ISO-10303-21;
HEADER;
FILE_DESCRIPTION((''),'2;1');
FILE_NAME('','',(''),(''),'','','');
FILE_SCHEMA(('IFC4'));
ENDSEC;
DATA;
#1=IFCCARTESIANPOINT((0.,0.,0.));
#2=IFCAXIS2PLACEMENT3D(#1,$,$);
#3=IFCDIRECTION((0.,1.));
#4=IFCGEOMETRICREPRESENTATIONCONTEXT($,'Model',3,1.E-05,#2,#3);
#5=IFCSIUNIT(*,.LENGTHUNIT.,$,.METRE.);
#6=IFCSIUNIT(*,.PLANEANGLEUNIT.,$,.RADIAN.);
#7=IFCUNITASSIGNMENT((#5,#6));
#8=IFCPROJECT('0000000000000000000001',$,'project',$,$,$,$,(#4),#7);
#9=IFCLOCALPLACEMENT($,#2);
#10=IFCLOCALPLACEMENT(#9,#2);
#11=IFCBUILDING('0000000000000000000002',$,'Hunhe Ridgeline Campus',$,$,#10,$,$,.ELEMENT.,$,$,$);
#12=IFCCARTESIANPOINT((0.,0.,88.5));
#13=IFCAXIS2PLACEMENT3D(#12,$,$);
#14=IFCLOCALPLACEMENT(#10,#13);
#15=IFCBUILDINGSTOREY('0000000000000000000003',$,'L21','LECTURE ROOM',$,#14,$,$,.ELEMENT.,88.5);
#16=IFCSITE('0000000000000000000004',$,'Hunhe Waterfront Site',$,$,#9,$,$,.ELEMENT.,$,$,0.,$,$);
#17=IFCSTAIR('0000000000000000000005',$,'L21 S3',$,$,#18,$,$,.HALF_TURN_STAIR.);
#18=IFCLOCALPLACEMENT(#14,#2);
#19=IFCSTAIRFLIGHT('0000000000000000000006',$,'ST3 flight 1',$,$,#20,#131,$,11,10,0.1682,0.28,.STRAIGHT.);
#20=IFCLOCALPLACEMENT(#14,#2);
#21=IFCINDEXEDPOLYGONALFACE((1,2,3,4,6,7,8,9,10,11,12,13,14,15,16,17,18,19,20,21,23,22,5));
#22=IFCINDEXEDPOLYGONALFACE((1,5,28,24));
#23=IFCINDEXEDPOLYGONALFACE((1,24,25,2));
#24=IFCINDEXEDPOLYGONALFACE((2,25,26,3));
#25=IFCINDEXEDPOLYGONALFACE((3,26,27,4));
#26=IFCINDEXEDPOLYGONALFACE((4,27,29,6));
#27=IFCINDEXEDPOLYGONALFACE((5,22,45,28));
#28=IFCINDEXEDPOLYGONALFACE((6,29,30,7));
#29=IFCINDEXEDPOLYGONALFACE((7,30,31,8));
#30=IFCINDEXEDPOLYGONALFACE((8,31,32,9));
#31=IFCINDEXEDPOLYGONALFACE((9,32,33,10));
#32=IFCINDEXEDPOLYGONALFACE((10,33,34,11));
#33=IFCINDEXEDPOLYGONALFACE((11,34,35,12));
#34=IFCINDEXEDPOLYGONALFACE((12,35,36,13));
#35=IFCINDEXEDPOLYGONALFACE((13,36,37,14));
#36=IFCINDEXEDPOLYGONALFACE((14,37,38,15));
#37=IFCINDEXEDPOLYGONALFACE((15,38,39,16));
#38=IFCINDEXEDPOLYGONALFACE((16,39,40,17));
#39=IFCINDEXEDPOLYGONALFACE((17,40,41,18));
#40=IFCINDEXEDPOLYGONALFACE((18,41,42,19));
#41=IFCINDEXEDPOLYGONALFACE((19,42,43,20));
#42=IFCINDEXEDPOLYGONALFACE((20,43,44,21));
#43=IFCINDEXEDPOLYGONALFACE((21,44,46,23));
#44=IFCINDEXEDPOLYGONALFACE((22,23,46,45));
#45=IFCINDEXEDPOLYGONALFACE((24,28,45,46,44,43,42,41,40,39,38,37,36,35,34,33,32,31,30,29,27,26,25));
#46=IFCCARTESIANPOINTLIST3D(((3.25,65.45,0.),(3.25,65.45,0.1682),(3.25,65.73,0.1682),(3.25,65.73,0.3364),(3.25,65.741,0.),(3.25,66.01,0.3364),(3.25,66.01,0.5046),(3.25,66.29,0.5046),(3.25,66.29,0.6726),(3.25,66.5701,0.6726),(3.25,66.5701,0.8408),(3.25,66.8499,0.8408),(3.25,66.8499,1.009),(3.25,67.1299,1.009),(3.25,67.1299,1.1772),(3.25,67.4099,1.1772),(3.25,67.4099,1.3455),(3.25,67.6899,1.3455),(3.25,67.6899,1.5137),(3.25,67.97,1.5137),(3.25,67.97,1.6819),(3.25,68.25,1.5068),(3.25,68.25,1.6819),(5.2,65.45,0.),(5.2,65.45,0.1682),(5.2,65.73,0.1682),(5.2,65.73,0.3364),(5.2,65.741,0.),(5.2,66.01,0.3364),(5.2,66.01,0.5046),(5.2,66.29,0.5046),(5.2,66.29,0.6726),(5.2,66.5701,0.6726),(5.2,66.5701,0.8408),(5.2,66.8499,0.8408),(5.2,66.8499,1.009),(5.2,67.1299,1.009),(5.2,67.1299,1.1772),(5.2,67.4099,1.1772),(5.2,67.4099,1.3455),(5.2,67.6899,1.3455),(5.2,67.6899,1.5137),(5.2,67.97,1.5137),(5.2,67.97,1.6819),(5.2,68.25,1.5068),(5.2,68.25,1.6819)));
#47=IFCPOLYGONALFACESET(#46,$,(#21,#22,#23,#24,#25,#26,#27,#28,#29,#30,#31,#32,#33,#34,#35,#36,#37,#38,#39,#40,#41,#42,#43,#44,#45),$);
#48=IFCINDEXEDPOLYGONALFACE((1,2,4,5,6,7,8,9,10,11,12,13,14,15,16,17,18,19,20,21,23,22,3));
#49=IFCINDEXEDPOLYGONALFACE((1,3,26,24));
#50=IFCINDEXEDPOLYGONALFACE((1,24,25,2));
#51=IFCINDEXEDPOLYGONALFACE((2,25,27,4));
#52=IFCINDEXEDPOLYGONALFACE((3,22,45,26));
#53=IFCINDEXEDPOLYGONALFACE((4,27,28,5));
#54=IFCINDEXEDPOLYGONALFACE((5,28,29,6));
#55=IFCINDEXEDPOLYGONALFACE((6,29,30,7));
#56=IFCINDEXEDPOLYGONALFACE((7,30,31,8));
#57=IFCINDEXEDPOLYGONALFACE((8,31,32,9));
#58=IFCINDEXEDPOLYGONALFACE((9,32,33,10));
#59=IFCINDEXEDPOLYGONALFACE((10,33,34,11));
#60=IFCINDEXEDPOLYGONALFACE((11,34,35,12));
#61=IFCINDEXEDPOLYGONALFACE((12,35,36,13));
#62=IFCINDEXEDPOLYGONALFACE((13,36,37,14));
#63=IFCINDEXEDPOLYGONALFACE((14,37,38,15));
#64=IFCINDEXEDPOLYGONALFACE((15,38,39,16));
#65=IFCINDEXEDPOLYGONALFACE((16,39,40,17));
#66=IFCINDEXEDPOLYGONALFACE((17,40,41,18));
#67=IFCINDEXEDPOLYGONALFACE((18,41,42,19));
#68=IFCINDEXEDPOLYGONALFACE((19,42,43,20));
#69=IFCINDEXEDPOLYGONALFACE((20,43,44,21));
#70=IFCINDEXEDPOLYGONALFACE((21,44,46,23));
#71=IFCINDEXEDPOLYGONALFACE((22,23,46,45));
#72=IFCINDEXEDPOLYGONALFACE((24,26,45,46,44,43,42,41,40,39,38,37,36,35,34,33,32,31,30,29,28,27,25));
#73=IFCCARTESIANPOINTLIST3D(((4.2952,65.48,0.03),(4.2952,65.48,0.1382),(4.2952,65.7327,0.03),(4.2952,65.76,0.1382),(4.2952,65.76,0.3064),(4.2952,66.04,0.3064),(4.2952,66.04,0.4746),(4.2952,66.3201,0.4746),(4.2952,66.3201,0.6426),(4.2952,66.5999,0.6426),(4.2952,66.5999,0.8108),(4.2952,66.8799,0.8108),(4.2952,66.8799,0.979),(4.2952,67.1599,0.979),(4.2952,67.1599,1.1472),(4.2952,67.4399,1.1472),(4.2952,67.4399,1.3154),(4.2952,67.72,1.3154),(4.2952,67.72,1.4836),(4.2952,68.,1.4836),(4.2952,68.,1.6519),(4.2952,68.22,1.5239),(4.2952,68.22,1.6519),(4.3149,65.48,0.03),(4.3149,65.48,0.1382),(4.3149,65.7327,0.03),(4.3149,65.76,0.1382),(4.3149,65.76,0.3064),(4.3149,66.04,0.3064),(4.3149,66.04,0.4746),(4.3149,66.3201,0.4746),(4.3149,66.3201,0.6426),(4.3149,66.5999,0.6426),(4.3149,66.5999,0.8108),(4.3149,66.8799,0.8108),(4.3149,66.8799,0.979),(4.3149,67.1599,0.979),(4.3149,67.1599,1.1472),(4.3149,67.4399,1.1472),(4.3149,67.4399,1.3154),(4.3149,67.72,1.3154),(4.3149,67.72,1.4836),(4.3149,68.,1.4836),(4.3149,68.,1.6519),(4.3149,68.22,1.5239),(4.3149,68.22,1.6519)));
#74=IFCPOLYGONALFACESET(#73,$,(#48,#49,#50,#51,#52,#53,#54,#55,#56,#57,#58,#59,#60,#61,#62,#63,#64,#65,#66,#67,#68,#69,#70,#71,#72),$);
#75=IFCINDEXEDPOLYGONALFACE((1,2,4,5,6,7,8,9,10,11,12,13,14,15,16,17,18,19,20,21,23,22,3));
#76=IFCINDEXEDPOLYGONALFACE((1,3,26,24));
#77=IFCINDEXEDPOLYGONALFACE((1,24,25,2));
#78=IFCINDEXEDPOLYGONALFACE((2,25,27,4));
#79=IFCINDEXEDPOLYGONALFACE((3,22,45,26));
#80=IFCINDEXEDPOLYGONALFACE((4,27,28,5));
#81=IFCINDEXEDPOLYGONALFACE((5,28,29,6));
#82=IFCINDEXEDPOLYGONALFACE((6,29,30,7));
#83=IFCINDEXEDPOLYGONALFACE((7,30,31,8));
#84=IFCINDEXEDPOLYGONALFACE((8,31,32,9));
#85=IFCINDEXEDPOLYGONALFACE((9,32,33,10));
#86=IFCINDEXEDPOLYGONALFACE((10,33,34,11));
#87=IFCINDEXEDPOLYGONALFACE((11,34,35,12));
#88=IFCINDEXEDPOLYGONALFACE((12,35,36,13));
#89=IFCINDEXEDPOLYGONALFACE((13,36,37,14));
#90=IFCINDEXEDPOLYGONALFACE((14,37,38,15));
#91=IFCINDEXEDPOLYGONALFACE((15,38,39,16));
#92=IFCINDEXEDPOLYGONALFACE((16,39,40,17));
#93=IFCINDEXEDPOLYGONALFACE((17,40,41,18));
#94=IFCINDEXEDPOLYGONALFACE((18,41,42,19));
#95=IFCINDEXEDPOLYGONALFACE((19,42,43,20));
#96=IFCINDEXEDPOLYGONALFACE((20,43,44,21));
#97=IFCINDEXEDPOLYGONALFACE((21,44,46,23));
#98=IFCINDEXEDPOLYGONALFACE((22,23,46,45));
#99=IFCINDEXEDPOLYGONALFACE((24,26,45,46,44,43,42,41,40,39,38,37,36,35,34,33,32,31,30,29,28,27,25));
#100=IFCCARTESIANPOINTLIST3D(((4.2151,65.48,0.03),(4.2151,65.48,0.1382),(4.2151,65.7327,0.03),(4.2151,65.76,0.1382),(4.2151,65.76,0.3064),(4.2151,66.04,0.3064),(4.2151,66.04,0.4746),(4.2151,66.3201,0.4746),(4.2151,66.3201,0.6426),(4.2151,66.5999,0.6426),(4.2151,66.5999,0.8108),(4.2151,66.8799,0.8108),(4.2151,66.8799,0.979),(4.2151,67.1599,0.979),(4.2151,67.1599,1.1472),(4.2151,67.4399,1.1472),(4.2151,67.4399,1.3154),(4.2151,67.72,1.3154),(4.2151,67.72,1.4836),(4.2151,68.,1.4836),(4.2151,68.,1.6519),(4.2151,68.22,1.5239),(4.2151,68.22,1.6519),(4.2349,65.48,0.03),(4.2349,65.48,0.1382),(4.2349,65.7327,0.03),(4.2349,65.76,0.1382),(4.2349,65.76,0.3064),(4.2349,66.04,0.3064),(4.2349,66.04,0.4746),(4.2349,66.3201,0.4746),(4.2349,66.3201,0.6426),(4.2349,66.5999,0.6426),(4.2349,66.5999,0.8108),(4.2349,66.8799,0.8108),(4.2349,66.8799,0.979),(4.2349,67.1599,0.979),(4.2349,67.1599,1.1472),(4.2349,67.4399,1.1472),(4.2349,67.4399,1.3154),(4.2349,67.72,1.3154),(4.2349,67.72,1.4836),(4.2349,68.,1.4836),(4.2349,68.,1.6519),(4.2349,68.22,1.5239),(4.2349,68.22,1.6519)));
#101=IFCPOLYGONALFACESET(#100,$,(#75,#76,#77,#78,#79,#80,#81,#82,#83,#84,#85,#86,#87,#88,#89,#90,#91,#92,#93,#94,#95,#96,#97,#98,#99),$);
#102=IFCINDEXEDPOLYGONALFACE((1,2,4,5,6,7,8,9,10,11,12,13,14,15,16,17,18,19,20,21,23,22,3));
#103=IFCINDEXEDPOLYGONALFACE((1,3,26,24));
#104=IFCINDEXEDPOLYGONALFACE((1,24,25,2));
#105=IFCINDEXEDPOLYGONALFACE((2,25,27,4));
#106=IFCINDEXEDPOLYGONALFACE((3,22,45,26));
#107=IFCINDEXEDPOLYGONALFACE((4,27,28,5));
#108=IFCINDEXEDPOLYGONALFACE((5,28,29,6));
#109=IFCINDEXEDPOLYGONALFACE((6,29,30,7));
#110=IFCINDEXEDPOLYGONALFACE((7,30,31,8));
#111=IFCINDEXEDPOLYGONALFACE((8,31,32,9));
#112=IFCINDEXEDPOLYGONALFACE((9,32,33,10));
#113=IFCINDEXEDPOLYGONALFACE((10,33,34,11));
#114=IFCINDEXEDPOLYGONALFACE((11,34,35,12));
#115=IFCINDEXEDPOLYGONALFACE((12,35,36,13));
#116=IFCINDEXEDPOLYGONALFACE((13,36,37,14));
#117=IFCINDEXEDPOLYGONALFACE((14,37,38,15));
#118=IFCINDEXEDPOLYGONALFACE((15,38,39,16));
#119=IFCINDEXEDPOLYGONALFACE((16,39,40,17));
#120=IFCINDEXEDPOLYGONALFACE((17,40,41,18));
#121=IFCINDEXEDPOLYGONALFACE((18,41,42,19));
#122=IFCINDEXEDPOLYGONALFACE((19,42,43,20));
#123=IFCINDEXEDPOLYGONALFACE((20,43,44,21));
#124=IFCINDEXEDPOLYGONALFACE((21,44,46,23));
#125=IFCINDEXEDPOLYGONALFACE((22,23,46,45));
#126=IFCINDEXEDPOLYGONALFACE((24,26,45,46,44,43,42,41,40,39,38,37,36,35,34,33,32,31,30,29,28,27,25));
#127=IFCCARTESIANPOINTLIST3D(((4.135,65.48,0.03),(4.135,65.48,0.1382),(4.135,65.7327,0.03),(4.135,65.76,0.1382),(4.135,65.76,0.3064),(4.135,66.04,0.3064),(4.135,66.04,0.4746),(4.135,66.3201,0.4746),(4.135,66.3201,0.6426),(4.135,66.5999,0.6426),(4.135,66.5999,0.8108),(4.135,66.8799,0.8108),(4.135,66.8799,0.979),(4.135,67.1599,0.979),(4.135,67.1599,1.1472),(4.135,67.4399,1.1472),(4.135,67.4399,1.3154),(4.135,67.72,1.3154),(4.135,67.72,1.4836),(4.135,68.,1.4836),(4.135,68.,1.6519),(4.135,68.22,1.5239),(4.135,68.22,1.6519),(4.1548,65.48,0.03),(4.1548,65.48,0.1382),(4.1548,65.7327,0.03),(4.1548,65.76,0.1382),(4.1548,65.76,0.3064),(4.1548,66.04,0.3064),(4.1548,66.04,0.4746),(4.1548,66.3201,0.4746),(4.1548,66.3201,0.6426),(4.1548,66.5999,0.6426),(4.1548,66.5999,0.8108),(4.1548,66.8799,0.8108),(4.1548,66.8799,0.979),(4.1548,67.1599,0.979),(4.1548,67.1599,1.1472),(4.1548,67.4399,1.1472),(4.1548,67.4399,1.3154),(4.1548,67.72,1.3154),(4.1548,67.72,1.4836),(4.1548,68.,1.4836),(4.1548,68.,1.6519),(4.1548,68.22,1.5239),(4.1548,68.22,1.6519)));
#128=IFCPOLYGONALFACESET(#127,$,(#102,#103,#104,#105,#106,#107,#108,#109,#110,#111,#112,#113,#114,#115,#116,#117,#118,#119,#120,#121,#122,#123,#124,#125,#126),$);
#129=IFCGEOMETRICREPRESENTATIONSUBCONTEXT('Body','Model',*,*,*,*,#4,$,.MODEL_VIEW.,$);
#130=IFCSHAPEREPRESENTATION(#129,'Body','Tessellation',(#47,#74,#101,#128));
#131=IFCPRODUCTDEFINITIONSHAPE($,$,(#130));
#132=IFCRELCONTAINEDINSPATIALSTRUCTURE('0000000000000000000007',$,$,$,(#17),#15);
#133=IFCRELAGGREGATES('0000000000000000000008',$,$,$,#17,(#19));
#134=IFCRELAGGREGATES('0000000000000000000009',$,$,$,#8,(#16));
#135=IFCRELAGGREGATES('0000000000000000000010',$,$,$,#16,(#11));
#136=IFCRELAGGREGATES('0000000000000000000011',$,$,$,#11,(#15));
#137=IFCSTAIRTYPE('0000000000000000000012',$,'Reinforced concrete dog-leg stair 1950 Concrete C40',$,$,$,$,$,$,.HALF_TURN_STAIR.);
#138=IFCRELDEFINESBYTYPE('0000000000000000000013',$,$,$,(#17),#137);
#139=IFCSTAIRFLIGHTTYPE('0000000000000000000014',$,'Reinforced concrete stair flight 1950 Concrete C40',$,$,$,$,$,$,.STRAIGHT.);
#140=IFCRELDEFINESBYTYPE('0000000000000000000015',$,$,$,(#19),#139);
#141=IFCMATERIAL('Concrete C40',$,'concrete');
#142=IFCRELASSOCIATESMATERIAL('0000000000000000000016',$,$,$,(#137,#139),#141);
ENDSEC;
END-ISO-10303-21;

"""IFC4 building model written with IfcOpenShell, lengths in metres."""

from ifc_helpers import new_model, si_unit, direction, frame, origin, place, context, subcontext, project, spatial, polyline, outline, extrude, material, type_object, element, aggregate, save


model = new_model("IFC4")

# Units and contexts
model_context = context("Model", 3, precision=1e-05, world=origin(), true_north=direction((0.0, 1.0)))
body_context = subcontext(model_context, "Body", "Model", "MODEL_VIEW")
ifc_project = project(units=[si_unit("LENGTHUNIT", "METRE"), si_unit("PLANEANGLEUNIT", "RADIAN")], contexts=[model_context])

# Site, building, storey
site_placement = place(None, origin())
site = spatial("IfcSite", under=ifc_project, at=site_placement, Name="Hunhe Waterfront Site", CompositionType="ELEMENT", RefElevation=0.0)
building_placement = place(site_placement, origin())
building = spatial("IfcBuilding", under=site, at=building_placement, Name="Hunhe Ridgeline Campus", CompositionType="ELEMENT")
storey_placement = place(building_placement, frame((0.0, 0.0, 88.5)))
storey = spatial("IfcBuildingStorey", under=building, at=storey_placement, Name="L21", Description="LECTURE ROOM", CompositionType="ELEMENT", Elevation=88.5)

# Stair, stair flight
ifc_material_1 = material(Name="Concrete C40", Category="concrete")
stair_type = type_object("IfcStairType", Name="Reinforced concrete dog-leg stair 1950 Concrete C40", PredefinedType="HALF_TURN_STAIR", material=ifc_material_1)
stair_1_placement = place(storey_placement, origin())
stair_1 = element("IfcStair", 1, at=stair_1_placement, inside=storey, type_object=stair_type, Name="L21 S3", PredefinedType="HALF_TURN_STAIR")
stair_flight_type = type_object("IfcStairFlightType", Name="Reinforced concrete stair flight 1950 Concrete C40", PredefinedType="STRAIGHT", material=ifc_material_1)
stair_flight_1_placement = place(storey_placement, frame((4.2251, 65.45, 0.0), z_axis=(0.0, 0.0, 1.0), x_axis=(0.0, 1.0, 0.0)))
stair_flight_1 = element("IfcStairFlight", 2, at=stair_flight_1_placement, type_object=stair_flight_type, Name="ST3 flight 1", NumberOfRisers=11, NumberOfTreads=10, PredefinedType="STRAIGHT", RiserHeight=0.1682, TreadLength=0.28, context=body_context, shape_type="SweptSolid", body=[
    extrude(outline(polyline([(0.0, 0.0), (0.0, 0.1682), (0.28, 0.1682), (0.28, 0.3364), (0.5601, 0.3364), (0.5601, 0.5046), (0.8401, 0.5046), (0.8401, 0.6726), (1.1201, 0.6726), (1.1201, 0.8408), (1.3999, 0.8408), (1.3999, 1.009), (1.6799, 1.009), (1.6799, 1.1772), (1.96, 1.1772), (1.96, 1.3455), (2.24, 1.3455), (2.24, 1.5137), (2.52, 1.5137), (2.52, 1.6819), (2.8, 1.6819), (2.8, 1.8501), (2.8, 1.5068), (0.291, 0.0), (0.0, 0.0)])), frame((0.0, 0.9751, 0.0), z_axis=(0.0, -1.0, 0.0), x_axis=(1.0, 0.0, 0.0)), (0.0, 0.0, 1.0), 1.95),
    extrude(outline(polyline([(0.03, 0.03), (0.03, 0.1382), (0.3101, 0.1382), (0.3101, 0.3064), (0.5901, 0.3064), (0.5901, 0.4746), (0.8701, 0.4746), (0.8701, 0.6426), (1.1499, 0.6426), (1.1499, 0.8108), (1.4299, 0.8108), (1.4299, 0.979), (1.71, 0.979), (1.71, 1.1472), (1.99, 1.1472), (1.99, 1.3154), (2.27, 1.3154), (2.27, 1.4836), (2.55, 1.4836), (2.55, 1.6519), (2.77, 1.6519), (2.77, 1.5239), (0.2827, 0.03), (0.03, 0.03)])), frame((0.0, -0.0701, 0.0), z_axis=(0.0, -1.0, 0.0), x_axis=(1.0, 0.0, 0.0)), (0.0, 0.0, 1.0), 0.0198),
    extrude(outline(polyline([(0.03, 0.03), (0.03, 0.1382), (0.3101, 0.1382), (0.3101, 0.3064), (0.5901, 0.3064), (0.5901, 0.4746), (0.8701, 0.4746), (0.8701, 0.6426), (1.1499, 0.6426), (1.1499, 0.8108), (1.4299, 0.8108), (1.4299, 0.979), (1.71, 0.979), (1.71, 1.1472), (1.99, 1.1472), (1.99, 1.3154), (2.27, 1.3154), (2.27, 1.4836), (2.55, 1.4836), (2.55, 1.6519), (2.77, 1.6519), (2.77, 1.5239), (0.2827, 0.03), (0.03, 0.03)])), frame((0.0, 0.01, 0.0), z_axis=(0.0, -1.0, 0.0), x_axis=(1.0, 0.0, 0.0)), (0.0, 0.0, 1.0), 0.0198),
    extrude(outline(polyline([(0.03, 0.03), (0.03, 0.1382), (0.3101, 0.1382), (0.3101, 0.3064), (0.5901, 0.3064), (0.5901, 0.4746), (0.8701, 0.4746), (0.8701, 0.6426), (1.1499, 0.6426), (1.1499, 0.8108), (1.4299, 0.8108), (1.4299, 0.979), (1.71, 0.979), (1.71, 1.1472), (1.99, 1.1472), (1.99, 1.3154), (2.27, 1.3154), (2.27, 1.4836), (2.55, 1.4836), (2.55, 1.6519), (2.77, 1.6519), (2.77, 1.5239), (0.2827, 0.03), (0.03, 0.03)])), frame((0.0, 0.0901, 0.0), z_axis=(0.0, -1.0, 0.0), x_axis=(1.0, 0.0, 0.0)), (0.0, 0.0, 1.0), 0.0198),
])
aggregate(stair_1, [stair_flight_1])

save(model, "model.ifc")
